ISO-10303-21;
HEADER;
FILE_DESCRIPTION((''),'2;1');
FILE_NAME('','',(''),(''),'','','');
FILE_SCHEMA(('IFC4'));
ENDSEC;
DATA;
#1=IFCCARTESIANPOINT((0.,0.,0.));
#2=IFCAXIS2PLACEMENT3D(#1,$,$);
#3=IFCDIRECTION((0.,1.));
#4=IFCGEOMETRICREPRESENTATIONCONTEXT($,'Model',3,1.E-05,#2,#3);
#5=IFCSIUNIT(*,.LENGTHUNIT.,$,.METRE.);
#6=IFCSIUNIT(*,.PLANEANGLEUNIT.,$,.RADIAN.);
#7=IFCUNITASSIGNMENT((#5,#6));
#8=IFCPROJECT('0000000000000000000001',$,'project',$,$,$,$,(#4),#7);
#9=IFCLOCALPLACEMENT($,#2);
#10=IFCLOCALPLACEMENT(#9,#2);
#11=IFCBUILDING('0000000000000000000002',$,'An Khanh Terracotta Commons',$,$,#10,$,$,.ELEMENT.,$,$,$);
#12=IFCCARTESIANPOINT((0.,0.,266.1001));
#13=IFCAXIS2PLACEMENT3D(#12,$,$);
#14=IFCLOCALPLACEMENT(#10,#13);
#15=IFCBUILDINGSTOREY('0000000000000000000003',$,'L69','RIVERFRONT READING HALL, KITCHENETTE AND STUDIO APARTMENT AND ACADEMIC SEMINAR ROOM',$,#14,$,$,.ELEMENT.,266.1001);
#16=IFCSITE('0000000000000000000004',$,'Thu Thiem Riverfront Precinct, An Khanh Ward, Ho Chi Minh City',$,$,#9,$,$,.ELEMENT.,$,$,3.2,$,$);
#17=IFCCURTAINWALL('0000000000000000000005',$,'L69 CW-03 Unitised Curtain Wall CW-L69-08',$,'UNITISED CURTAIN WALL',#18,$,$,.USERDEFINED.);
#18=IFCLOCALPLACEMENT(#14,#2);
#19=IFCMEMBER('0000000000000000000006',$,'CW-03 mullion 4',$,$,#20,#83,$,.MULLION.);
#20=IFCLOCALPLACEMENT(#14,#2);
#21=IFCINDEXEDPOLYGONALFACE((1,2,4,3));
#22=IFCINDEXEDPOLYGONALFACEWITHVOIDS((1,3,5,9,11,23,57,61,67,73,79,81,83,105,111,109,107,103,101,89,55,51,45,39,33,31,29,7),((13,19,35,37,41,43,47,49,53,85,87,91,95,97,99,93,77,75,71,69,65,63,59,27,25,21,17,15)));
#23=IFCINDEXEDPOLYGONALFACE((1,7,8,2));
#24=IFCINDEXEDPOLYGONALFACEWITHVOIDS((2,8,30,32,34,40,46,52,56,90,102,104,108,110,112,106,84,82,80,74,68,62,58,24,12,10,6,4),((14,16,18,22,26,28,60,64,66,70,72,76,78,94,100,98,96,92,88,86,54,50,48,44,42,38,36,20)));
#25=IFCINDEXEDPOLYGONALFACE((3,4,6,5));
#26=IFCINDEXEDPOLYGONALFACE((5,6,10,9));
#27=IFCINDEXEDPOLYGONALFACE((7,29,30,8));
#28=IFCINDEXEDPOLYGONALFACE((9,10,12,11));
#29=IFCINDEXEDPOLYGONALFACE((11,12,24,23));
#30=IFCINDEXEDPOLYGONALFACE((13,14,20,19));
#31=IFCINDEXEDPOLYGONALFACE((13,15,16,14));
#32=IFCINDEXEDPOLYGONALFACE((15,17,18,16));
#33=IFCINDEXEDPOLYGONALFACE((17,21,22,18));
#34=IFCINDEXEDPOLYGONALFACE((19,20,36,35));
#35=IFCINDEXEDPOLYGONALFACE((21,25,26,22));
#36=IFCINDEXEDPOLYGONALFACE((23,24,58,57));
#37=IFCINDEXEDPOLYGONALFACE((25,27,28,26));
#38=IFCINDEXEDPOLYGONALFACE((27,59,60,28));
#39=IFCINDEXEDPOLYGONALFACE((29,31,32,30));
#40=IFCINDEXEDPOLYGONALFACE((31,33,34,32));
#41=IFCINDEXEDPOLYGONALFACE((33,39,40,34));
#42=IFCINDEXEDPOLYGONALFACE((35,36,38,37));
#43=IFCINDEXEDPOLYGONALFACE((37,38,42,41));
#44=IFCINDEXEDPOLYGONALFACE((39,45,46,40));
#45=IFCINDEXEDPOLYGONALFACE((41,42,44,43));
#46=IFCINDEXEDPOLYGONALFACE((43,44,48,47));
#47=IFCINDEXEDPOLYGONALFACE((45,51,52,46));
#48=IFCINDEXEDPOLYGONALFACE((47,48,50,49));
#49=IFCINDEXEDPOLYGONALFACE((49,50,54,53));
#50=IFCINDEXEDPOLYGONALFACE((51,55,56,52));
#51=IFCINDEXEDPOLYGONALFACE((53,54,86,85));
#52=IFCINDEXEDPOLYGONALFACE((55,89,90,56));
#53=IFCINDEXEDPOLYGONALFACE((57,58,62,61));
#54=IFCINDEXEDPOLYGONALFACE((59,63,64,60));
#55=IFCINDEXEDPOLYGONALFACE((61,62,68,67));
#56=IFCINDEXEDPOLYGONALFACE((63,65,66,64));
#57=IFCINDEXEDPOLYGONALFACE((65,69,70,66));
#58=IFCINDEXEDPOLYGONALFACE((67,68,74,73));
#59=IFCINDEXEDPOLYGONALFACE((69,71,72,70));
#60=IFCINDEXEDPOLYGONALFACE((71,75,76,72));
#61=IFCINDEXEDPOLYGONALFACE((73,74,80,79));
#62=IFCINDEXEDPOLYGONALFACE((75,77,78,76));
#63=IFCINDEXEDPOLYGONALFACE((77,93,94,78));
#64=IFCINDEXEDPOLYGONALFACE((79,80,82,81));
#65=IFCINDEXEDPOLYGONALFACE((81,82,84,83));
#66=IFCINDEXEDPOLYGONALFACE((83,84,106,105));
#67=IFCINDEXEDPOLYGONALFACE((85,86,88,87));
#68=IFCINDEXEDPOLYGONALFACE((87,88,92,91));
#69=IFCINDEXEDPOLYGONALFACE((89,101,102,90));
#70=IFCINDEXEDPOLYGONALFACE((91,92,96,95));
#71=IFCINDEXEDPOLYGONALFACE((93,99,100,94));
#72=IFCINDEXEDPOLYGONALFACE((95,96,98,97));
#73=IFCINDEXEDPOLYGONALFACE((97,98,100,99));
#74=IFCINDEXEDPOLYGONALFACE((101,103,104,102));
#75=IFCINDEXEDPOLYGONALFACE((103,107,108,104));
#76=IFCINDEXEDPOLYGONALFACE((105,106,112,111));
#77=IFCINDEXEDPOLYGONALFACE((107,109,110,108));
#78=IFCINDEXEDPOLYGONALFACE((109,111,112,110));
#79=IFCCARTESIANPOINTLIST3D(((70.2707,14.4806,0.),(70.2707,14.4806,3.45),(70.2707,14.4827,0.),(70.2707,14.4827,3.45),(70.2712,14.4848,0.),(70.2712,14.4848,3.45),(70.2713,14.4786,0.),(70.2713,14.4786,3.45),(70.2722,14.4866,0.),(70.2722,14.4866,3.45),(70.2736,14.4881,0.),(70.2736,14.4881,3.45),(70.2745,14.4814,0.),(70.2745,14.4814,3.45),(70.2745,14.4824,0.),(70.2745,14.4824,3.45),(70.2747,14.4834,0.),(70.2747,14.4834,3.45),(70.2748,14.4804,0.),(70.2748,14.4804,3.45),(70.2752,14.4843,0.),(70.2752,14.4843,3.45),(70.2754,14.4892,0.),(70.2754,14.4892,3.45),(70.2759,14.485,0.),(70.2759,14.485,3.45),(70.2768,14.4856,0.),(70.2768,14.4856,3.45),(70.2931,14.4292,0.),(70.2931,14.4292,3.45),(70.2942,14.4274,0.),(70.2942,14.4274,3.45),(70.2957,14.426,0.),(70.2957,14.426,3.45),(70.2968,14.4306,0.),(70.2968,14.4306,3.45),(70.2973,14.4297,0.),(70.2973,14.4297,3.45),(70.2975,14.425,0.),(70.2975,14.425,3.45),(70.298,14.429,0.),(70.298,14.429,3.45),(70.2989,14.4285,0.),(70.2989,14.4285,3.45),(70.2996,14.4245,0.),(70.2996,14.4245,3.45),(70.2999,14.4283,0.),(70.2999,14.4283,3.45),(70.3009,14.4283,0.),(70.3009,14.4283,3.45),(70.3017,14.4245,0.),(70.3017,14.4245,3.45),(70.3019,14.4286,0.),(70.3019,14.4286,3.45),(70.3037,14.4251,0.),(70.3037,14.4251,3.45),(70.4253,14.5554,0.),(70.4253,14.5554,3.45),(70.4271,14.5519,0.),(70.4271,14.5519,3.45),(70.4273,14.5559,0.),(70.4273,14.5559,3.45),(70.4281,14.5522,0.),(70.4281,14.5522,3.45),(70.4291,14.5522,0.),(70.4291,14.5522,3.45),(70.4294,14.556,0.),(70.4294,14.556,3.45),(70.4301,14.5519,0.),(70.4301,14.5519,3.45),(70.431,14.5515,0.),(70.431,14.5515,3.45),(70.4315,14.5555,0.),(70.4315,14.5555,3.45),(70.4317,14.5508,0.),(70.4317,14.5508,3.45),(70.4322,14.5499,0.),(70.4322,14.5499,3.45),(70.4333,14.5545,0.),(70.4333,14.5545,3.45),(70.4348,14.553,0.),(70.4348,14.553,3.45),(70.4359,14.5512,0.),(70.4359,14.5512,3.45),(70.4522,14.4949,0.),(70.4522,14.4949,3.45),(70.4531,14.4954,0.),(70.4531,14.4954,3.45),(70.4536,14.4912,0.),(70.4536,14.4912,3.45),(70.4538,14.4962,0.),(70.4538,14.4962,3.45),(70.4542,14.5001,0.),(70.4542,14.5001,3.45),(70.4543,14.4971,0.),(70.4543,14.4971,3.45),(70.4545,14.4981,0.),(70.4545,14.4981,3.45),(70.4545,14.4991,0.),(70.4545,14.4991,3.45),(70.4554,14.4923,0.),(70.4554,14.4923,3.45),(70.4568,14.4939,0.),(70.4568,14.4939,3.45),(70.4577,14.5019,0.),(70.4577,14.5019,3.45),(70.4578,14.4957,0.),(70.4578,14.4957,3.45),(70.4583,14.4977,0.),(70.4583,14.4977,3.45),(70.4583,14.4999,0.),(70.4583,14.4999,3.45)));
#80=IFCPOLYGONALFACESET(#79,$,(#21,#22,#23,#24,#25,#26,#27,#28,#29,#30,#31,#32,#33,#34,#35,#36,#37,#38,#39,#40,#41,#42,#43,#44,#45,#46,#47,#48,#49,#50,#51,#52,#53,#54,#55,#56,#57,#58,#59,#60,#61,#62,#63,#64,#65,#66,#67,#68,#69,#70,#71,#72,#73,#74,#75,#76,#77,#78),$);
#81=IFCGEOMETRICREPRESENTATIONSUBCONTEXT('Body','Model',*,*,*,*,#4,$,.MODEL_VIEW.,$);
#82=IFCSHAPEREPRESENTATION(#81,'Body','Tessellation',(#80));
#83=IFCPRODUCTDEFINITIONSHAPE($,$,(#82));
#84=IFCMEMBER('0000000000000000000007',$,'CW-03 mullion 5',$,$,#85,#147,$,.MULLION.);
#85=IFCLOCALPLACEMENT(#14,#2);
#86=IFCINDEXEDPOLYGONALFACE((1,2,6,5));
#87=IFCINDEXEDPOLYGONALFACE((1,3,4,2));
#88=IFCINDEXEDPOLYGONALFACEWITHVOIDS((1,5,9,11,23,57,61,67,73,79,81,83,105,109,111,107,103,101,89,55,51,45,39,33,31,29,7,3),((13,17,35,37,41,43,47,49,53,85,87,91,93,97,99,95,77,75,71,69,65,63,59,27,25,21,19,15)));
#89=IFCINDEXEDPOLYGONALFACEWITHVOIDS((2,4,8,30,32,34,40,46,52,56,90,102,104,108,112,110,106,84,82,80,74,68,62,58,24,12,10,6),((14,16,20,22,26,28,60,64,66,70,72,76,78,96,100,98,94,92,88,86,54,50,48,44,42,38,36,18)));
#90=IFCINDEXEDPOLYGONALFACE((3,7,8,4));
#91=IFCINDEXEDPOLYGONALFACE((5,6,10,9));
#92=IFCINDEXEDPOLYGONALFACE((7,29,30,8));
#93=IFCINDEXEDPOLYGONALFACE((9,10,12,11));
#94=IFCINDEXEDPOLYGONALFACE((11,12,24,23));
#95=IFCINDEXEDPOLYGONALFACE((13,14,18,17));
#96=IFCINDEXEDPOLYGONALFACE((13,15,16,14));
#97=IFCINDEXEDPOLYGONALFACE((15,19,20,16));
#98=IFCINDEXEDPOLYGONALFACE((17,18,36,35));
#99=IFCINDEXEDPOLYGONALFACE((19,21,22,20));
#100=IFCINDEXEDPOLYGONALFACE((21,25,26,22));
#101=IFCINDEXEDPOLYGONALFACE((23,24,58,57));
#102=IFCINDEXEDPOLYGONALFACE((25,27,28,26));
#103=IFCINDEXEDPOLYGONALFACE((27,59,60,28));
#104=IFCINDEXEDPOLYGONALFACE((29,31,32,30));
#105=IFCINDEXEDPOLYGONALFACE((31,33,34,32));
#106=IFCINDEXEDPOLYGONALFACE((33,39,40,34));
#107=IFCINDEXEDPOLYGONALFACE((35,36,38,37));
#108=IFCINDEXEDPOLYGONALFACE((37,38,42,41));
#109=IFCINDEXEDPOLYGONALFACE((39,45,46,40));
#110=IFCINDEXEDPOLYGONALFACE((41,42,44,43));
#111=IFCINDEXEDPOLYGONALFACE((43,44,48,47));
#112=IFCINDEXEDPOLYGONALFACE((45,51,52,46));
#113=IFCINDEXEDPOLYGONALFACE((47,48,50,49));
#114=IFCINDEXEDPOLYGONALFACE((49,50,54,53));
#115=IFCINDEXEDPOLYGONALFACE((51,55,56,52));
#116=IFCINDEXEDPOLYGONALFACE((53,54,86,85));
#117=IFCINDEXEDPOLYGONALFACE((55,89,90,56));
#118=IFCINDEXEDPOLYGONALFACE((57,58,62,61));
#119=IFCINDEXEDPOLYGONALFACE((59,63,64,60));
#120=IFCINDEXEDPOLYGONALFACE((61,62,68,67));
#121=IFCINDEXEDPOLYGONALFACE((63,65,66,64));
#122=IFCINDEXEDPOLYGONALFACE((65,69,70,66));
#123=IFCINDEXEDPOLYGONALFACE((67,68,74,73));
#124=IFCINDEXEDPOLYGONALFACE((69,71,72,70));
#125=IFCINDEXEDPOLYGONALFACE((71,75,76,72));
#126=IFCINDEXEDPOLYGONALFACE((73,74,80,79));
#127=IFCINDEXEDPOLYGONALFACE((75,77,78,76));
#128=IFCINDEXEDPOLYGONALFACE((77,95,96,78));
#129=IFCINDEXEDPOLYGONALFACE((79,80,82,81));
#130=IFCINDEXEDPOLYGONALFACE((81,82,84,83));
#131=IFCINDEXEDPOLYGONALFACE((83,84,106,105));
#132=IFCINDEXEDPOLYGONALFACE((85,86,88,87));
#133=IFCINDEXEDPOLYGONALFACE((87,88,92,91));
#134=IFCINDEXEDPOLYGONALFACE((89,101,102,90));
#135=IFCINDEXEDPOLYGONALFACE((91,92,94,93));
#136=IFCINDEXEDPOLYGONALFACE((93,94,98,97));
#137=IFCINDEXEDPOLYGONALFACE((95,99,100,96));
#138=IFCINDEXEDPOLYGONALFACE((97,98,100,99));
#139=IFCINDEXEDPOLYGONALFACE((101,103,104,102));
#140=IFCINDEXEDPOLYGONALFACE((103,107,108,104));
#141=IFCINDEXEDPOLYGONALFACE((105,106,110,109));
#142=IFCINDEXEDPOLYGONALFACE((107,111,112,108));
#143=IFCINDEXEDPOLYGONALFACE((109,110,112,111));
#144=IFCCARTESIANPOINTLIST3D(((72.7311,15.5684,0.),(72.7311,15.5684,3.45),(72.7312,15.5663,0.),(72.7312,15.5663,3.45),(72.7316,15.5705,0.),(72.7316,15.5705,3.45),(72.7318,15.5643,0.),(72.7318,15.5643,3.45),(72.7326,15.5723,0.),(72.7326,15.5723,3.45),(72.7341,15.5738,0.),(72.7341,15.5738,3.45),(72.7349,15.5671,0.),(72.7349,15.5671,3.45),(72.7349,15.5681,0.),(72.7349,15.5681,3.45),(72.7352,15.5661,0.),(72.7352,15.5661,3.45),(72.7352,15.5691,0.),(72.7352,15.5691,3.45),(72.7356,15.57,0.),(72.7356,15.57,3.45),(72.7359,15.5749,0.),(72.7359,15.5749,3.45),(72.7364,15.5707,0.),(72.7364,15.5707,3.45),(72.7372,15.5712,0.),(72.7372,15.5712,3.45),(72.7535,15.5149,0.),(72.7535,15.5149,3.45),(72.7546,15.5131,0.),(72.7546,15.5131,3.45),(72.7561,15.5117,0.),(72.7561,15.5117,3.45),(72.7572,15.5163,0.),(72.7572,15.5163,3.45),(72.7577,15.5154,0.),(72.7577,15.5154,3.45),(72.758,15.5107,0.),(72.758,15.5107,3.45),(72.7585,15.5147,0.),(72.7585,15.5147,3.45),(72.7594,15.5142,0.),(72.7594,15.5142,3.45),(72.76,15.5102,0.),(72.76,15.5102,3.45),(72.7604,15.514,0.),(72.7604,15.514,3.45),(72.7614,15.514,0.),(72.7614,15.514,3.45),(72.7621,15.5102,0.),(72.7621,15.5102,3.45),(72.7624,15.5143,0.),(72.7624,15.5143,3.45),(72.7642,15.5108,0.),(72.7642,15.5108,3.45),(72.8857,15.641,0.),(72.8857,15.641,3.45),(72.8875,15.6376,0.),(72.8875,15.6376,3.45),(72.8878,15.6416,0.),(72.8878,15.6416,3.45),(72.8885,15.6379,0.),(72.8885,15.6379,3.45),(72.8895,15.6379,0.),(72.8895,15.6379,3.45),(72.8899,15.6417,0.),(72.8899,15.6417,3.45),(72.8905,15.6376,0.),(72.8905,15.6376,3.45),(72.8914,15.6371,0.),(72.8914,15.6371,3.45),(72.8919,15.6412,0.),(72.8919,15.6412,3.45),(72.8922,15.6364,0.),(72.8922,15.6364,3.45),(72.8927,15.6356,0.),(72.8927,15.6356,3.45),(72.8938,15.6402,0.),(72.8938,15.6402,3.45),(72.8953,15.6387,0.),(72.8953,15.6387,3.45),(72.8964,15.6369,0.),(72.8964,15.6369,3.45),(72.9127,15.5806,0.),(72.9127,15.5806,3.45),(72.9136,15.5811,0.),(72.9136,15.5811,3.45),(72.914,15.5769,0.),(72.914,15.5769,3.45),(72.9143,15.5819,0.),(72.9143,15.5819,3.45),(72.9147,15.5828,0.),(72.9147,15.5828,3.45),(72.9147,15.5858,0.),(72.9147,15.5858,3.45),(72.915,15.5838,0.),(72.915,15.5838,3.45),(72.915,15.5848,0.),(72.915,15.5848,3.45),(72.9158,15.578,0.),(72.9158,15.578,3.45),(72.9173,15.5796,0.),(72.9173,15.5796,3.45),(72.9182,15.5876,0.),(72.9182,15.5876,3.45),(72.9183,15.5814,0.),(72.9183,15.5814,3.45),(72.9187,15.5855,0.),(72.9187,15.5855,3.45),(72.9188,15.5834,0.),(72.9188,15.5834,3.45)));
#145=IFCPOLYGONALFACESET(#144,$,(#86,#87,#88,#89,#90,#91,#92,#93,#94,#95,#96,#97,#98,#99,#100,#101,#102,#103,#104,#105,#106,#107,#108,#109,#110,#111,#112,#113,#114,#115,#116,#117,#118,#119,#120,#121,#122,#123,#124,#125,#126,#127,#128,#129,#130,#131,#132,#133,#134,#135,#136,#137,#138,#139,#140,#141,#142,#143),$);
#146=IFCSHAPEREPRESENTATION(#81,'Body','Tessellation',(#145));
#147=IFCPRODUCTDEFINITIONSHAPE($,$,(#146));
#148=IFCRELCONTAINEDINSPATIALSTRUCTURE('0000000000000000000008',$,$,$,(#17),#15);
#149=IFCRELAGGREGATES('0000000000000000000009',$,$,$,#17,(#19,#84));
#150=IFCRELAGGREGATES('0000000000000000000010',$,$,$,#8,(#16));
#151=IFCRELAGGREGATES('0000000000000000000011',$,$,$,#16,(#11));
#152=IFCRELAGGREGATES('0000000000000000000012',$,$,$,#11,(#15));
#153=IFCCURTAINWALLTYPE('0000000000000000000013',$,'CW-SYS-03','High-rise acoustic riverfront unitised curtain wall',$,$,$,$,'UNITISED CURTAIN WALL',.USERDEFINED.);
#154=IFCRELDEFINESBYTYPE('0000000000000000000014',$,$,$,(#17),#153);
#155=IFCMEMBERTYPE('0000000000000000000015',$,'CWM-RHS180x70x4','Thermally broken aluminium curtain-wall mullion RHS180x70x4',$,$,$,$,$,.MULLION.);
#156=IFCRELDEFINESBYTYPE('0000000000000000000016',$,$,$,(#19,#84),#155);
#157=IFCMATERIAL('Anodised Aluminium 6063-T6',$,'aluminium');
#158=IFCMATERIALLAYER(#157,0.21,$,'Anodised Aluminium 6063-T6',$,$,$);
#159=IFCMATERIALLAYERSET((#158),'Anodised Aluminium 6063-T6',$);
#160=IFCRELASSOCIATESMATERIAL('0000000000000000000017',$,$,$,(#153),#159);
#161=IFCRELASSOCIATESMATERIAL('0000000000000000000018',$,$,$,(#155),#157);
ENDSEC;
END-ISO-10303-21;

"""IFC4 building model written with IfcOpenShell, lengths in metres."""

from ifc_helpers import new_model, si_unit, direction, frame, origin, origin_2d, place, context, subcontext, project, spatial, hollow_rectangle, extrude, material, layer, layer_set, material_profile, profile_set, type_object, element, aggregate, save


model = new_model("IFC4")

# Units and contexts
model_context = context("Model", 3, precision=1e-05, world=origin(), true_north=direction((0.0, 1.0)))
body_context = subcontext(model_context, "Body", "Model", "MODEL_VIEW")
ifc_project = project(units=[si_unit("LENGTHUNIT", "METRE"), si_unit("PLANEANGLEUNIT", "RADIAN")], contexts=[model_context])

# Site, building, storey
site_placement = place(None, origin())
site = spatial("IfcSite", under=ifc_project, at=site_placement, Name="Thu Thiem Riverfront Precinct, An Khanh Ward, Ho Chi Minh City", CompositionType="ELEMENT", RefElevation=3.2)
building_placement = place(site_placement, origin())
building = spatial("IfcBuilding", under=site, at=building_placement, Name="An Khanh Terracotta Commons", CompositionType="ELEMENT")
storey_placement = place(building_placement, frame((0.0, 0.0, 266.1001)))
storey = spatial("IfcBuildingStorey", under=building, at=storey_placement, Name="L69", Description="RIVERFRONT READING HALL, KITCHENETTE AND STUDIO APARTMENT AND ACADEMIC SEMINAR ROOM", CompositionType="ELEMENT", Elevation=266.1001)

# Curtain wall, members
ifc_material_1 = material(Name="Anodised Aluminium 6063-T6", Category="aluminium")
ifc_layer_1 = layer(ifc_material_1, 0.21, Name="Anodised Aluminium 6063-T6")
ifc_layer_set_1 = layer_set([ifc_layer_1], Name="Anodised Aluminium 6063-T6")
curtain_wall_type_1 = type_object("IfcCurtainWallType", Name="CW-SYS-03", Description="High-rise acoustic riverfront unitised curtain wall", ElementType="UNITISED CURTAIN WALL", PredefinedType="USERDEFINED", material=ifc_layer_set_1)
curtain_wall_1_placement = place(storey_placement, origin())
curtain_wall_1 = element("IfcCurtainWall", 1, at=curtain_wall_1_placement, inside=storey, type_object=curtain_wall_type_1, Name="L69 CW-03 Unitised Curtain Wall CW-L69-08", ObjectType="UNITISED CURTAIN WALL", PredefinedType="USERDEFINED")
ifc_material_profile_1 = material_profile(ifc_material_1, hollow_rectangle(XDim=0.0701, YDim=0.1799, WallThickness=0.0039, InnerFilletRadius=0.0039, OuterFilletRadius=0.0081, at=origin_2d()), Name="RHS180x70x4")
ifc_profile_set_1 = profile_set([ifc_material_profile_1], Name="Anodised Aluminium 6063-T6")
member_type_1 = type_object("IfcMemberType", Name="CWM-RHS180x70x4", Description="Thermally broken aluminium curtain-wall mullion RHS180x70x4", PredefinedType="MULLION", material=ifc_profile_set_1)
member_1_placement = place(storey_placement, frame((70.3645, 14.4902, 0.0), z_axis=(0.0, 0.0, 1.0), x_axis=(-0.403676, 0.914902, 0.0)))
member_1 = element("IfcMember", 2, at=member_1_placement, type_object=member_type_1, Name="CW-03 mullion 4", PredefinedType="MULLION", context=body_context, shape_type="SweptSolid", body=[
    extrude(hollow_rectangle(XDim=0.0701, YDim=0.1799, WallThickness=0.0039, InnerFilletRadius=0.0039, OuterFilletRadius=0.0081, at=origin_2d()), origin(), (0.0, 0.0, 1.0), 3.45),
])
member_2_placement = place(storey_placement, frame((72.825, 15.5759, 0.0), z_axis=(0.0, 0.0, 1.0), x_axis=(-0.403676, 0.914902, 0.0)))
member_2 = element("IfcMember", 3, at=member_2_placement, type_object=member_type_1, Name="CW-03 mullion 5", PredefinedType="MULLION", context=body_context, shape_type="SweptSolid", body=[
    extrude(hollow_rectangle(XDim=0.0701, YDim=0.1799, WallThickness=0.0039, InnerFilletRadius=0.0039, OuterFilletRadius=0.0081, at=origin_2d()), origin(), (0.0, 0.0, 1.0), 3.45),
])

aggregate(curtain_wall_1, [member_1, member_2])

save(model, "model.ifc")
